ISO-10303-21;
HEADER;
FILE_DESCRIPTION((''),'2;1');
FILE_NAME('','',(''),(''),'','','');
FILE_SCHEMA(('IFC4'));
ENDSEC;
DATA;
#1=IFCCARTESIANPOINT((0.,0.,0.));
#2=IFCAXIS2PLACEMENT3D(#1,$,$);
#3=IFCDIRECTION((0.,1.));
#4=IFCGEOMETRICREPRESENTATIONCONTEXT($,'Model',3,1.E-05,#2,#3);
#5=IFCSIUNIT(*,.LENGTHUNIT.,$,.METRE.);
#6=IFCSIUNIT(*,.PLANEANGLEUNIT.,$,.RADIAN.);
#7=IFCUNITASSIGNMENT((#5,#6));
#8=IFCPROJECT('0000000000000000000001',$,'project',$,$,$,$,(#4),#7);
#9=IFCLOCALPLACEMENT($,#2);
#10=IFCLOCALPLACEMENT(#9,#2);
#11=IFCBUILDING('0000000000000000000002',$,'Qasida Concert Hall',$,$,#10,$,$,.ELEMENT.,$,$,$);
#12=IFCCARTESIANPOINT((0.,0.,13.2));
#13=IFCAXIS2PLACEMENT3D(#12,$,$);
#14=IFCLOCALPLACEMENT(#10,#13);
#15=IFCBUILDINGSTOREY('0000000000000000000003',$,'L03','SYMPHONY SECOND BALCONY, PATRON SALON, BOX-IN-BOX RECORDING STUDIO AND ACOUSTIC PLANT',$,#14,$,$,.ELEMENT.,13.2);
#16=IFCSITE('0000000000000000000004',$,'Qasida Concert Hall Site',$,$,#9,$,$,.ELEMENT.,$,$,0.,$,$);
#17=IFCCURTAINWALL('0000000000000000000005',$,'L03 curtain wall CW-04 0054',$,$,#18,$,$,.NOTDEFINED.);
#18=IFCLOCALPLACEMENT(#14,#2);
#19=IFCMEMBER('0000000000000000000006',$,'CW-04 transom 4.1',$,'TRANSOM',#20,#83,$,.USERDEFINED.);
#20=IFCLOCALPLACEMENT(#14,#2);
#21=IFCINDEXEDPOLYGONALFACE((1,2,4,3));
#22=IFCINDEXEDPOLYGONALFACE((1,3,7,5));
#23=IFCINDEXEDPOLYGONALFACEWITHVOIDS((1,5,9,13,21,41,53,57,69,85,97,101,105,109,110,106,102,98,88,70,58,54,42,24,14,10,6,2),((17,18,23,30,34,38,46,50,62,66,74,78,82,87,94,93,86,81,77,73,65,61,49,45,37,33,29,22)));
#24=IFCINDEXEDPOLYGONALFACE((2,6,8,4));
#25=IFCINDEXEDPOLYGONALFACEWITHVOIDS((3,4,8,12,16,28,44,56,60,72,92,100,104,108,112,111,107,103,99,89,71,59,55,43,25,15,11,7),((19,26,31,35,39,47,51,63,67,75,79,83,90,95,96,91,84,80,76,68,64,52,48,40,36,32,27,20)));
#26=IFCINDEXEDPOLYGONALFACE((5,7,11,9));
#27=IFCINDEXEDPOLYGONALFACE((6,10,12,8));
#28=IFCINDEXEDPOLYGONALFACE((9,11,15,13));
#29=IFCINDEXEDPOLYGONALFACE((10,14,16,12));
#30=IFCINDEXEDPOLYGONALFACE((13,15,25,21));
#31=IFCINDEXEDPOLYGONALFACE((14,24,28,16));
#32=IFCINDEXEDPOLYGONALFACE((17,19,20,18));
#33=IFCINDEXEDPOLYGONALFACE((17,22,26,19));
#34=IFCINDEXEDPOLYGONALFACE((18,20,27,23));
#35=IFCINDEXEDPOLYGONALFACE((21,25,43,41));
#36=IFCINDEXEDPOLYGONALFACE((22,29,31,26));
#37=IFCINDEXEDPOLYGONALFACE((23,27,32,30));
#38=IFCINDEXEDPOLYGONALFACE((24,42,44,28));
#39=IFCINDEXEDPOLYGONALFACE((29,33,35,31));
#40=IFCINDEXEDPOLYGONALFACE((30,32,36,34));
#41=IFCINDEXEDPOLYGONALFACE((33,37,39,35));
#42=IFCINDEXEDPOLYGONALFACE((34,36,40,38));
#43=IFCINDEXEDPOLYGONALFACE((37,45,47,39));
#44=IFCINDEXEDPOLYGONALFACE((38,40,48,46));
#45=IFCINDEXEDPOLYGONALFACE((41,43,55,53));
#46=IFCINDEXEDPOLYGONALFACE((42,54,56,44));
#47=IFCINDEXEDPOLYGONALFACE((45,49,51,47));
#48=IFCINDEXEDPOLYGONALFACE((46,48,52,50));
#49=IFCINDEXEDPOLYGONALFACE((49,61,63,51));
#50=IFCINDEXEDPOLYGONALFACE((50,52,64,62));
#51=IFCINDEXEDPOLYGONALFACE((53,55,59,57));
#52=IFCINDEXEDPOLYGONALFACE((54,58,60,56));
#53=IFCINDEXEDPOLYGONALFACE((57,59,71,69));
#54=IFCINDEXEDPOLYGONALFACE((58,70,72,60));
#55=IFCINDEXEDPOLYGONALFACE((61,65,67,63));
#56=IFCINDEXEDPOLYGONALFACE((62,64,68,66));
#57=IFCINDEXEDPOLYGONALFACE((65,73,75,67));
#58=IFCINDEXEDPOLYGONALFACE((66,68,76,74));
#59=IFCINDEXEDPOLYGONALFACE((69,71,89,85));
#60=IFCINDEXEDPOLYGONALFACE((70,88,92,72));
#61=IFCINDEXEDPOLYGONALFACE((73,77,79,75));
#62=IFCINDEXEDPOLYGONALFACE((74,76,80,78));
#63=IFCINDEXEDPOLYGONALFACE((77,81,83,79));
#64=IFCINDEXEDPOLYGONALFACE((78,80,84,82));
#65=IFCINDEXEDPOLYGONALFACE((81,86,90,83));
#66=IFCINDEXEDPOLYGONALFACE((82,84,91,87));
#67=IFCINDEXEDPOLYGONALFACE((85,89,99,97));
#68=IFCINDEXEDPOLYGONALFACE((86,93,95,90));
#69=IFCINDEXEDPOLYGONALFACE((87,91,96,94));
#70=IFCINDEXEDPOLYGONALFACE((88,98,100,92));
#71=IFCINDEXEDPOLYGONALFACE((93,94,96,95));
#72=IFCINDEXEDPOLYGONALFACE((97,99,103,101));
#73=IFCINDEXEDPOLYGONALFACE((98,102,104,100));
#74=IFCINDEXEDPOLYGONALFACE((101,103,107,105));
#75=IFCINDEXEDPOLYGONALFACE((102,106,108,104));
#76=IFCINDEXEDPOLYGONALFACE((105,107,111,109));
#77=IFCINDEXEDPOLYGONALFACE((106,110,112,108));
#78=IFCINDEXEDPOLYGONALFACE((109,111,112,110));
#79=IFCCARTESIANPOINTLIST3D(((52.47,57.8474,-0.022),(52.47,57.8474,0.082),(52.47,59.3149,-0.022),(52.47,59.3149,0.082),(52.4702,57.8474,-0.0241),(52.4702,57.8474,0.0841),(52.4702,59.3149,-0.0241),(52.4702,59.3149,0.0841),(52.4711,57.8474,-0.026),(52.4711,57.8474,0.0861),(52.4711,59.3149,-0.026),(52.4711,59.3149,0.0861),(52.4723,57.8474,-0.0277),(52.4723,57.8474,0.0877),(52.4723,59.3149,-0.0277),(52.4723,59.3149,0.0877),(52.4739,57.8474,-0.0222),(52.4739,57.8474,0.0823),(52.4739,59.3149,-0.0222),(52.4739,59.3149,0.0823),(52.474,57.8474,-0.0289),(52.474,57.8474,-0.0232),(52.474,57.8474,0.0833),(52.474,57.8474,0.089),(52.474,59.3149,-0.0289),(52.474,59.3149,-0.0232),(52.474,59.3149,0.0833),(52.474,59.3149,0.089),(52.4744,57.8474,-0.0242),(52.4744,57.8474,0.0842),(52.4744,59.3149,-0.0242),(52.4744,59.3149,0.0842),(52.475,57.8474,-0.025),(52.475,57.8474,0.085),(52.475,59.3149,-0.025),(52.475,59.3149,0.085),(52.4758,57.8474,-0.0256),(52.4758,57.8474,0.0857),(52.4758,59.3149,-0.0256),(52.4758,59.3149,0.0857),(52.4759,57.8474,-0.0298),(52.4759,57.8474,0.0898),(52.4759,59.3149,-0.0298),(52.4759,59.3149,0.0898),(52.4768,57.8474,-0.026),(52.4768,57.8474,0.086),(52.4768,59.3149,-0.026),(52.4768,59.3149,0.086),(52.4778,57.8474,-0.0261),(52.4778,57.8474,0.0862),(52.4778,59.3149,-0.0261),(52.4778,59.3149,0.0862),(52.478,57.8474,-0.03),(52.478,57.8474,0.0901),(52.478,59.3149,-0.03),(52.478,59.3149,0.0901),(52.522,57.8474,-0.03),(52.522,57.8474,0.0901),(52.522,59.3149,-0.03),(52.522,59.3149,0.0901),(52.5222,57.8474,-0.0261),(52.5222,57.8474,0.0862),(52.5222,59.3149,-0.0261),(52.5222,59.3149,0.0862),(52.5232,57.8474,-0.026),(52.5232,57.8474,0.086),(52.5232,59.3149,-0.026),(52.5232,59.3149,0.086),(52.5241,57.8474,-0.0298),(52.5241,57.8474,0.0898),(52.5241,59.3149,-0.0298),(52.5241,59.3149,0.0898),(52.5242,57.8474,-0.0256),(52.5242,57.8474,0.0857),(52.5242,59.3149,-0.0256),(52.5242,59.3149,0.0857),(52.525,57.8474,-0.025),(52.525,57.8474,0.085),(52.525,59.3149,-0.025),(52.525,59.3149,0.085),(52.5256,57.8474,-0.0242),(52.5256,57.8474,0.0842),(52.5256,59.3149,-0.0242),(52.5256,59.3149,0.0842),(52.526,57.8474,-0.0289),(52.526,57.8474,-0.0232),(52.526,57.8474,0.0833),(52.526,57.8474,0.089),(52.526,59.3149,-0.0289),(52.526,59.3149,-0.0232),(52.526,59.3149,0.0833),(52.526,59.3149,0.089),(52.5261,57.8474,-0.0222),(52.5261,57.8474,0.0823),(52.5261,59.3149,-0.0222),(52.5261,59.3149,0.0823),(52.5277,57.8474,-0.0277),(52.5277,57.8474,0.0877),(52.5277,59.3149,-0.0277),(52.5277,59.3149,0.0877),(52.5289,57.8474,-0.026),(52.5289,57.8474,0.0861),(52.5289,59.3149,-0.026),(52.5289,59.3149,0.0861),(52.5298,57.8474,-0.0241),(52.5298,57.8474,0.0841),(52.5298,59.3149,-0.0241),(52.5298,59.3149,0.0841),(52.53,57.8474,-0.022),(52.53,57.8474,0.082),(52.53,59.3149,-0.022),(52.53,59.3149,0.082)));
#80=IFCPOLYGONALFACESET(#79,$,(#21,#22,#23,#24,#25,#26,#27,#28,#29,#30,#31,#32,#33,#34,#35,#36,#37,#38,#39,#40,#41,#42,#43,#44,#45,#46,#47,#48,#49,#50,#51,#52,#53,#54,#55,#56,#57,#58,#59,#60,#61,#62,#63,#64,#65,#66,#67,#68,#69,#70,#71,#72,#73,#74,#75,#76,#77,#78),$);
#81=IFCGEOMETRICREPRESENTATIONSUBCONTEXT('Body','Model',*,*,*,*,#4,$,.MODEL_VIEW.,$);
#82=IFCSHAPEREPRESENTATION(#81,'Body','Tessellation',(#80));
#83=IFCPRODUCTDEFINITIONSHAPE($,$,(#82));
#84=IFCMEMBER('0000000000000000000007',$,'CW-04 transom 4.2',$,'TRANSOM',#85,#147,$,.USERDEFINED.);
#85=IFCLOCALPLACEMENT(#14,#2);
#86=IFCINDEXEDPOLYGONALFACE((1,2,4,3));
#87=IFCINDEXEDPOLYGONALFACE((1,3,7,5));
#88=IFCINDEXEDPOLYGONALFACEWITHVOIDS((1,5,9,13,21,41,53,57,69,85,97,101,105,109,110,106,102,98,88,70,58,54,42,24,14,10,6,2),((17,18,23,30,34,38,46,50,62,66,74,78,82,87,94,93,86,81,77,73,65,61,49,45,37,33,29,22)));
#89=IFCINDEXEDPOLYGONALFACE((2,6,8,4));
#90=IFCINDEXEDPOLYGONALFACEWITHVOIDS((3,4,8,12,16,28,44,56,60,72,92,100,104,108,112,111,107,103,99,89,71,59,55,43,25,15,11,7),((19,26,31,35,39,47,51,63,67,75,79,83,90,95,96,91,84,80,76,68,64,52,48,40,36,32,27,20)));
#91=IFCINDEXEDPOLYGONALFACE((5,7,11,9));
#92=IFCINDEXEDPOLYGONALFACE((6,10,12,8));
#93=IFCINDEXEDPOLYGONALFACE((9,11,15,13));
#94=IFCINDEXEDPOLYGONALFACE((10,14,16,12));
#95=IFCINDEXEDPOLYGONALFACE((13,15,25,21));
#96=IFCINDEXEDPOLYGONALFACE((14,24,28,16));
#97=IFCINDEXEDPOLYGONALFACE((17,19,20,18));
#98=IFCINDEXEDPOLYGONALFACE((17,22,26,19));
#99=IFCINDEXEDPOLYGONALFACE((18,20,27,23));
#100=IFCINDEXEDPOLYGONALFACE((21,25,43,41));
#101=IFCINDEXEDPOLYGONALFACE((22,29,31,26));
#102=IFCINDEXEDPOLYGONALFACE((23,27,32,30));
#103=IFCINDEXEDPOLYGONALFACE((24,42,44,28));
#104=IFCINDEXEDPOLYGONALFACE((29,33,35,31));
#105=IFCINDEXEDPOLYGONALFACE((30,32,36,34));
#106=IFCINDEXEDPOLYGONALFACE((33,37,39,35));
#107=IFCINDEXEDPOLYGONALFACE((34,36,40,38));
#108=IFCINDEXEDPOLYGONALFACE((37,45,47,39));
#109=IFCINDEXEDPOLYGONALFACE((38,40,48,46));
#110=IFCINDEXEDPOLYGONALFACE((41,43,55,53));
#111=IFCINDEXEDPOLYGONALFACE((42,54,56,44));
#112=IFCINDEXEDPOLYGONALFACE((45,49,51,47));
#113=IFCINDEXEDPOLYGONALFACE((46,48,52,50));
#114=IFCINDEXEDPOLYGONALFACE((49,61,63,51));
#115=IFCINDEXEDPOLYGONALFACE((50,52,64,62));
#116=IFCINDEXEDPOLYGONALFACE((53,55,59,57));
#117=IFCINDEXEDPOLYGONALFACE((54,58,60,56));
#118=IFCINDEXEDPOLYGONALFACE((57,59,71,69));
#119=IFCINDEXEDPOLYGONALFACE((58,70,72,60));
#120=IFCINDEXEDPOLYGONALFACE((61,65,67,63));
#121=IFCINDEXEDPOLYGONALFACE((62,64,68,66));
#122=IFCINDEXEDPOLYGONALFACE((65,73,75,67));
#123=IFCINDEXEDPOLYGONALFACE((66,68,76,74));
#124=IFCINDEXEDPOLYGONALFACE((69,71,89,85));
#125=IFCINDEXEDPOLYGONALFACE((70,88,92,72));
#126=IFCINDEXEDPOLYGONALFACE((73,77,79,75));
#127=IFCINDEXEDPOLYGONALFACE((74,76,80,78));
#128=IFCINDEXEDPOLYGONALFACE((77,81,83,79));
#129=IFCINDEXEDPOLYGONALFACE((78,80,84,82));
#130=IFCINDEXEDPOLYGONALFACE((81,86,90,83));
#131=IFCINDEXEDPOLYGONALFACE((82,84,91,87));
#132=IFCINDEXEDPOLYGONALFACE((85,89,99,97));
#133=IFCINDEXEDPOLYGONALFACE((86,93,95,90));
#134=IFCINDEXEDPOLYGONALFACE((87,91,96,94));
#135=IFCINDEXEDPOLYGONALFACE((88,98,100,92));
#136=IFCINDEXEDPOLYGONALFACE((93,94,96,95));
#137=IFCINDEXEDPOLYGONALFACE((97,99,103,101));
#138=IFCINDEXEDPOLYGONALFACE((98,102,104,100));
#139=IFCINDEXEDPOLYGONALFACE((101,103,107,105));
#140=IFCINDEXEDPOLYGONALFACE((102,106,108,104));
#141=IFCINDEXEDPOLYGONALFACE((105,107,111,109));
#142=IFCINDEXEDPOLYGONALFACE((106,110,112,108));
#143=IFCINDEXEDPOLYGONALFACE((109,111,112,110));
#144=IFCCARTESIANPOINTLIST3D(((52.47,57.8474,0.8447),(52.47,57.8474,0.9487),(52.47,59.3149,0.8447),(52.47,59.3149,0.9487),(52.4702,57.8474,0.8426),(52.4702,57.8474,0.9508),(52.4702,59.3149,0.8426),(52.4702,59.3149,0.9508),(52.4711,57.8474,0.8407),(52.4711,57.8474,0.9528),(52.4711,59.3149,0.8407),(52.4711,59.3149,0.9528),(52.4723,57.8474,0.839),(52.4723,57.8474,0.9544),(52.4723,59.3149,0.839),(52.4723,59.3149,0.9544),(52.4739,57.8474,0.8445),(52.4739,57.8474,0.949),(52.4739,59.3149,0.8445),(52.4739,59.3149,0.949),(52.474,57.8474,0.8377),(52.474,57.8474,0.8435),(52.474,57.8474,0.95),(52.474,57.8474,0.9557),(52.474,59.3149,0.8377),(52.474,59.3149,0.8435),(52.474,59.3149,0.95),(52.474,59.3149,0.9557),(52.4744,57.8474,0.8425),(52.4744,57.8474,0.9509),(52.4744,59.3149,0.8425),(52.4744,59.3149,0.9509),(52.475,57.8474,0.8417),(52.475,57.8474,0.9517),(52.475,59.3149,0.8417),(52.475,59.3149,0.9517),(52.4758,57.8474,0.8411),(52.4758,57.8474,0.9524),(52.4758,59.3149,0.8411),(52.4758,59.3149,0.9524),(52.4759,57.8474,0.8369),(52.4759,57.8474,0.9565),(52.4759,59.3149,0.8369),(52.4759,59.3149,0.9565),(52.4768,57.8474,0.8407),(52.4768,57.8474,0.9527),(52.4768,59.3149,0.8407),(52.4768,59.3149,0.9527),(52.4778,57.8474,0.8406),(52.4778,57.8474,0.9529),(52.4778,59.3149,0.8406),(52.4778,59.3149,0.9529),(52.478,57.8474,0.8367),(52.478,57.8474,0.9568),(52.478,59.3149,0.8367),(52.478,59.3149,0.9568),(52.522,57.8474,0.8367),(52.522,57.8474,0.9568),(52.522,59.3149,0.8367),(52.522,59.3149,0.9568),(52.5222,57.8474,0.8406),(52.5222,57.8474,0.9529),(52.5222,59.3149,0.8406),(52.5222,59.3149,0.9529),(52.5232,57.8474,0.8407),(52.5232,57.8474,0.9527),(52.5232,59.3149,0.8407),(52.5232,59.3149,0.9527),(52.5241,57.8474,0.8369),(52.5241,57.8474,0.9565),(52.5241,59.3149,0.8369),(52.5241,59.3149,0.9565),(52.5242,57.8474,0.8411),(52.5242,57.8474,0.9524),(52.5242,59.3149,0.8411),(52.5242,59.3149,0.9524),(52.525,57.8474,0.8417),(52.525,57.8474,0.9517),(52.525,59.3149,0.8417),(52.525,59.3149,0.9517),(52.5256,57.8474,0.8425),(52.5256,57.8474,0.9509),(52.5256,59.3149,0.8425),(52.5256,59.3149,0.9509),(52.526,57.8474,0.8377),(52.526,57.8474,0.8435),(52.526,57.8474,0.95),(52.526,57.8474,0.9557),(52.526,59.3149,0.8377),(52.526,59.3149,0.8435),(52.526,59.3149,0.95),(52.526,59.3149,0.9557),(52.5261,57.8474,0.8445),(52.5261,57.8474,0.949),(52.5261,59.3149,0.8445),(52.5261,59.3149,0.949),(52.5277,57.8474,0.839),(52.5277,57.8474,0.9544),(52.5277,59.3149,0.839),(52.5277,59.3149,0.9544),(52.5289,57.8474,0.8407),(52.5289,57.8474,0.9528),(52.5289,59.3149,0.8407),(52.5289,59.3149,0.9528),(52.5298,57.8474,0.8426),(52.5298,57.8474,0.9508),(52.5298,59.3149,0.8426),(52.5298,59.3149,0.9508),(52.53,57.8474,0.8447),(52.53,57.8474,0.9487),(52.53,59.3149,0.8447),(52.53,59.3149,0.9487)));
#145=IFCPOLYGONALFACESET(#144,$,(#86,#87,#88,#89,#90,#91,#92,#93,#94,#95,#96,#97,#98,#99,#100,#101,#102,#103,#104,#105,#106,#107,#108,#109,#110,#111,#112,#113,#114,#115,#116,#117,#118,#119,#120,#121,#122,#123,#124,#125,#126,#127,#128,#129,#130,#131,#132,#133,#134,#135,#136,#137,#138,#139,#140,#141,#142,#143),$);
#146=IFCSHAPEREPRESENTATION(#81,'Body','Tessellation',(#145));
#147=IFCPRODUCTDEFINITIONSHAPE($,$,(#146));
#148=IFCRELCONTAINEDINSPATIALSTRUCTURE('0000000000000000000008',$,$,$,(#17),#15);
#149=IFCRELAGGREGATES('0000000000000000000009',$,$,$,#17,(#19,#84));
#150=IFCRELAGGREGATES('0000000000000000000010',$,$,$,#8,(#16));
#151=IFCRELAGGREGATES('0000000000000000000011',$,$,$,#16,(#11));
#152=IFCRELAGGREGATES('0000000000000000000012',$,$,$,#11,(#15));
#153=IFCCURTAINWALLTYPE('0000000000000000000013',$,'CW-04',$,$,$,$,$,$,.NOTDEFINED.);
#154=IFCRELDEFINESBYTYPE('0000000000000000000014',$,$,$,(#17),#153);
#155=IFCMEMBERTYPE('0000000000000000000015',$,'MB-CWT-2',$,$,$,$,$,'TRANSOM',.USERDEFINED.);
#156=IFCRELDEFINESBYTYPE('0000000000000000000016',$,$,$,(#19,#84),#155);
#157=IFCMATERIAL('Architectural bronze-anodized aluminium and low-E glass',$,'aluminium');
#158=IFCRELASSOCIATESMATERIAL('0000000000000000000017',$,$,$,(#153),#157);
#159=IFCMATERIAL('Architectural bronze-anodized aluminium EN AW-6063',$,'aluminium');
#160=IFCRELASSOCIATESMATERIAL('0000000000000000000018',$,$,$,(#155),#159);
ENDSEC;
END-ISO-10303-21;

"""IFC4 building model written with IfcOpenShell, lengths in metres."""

from ifc_helpers import new_model, si_unit, direction, frame, origin, origin_2d, place, context, subcontext, project, spatial, hollow_rectangle, extrude, material, material_profile, profile_set, type_object, element, aggregate, save


model = new_model("IFC4")

# Units and contexts
model_context = context("Model", 3, precision=1e-05, world=origin(), true_north=direction((0.0, 1.0)))
body_context = subcontext(model_context, "Body", "Model", "MODEL_VIEW")
ifc_project = project(units=[si_unit("LENGTHUNIT", "METRE"), si_unit("PLANEANGLEUNIT", "RADIAN")], contexts=[model_context])

# Site, building, storey
site_placement = place(None, origin())
site = spatial("IfcSite", under=ifc_project, at=site_placement, Name="Qasida Concert Hall Site", CompositionType="ELEMENT", RefElevation=0.0)
building_placement = place(site_placement, origin())
building = spatial("IfcBuilding", under=site, at=building_placement, Name="Qasida Concert Hall", CompositionType="ELEMENT")
storey_placement = place(building_placement, frame((0.0, 0.0, 13.2)))
storey = spatial("IfcBuildingStorey", under=building, at=storey_placement, Name="L03", Description="SYMPHONY SECOND BALCONY, PATRON SALON, BOX-IN-BOX RECORDING STUDIO AND ACOUSTIC PLANT", CompositionType="ELEMENT", Elevation=13.2)

# Curtain wall, members
ifc_material_1 = material(Name="Architectural bronze-anodized aluminium and low-E glass", Category="aluminium")
curtain_wall_type = type_object("IfcCurtainWallType", Name="CW-04", PredefinedType="NOTDEFINED", material=ifc_material_1)
curtain_wall_placement = place(storey_placement, origin())
curtain_wall = element("IfcCurtainWall", 1, at=curtain_wall_placement, inside=storey, type_object=curtain_wall_type, Name="L03 curtain wall CW-04 0054", PredefinedType="NOTDEFINED")
ifc_material_2 = material(Name="Architectural bronze-anodized aluminium EN AW-6063", Category="aluminium")
ifc_material_profile_1 = material_profile(ifc_material_2, hollow_rectangle(XDim=0.0601, YDim=0.1201, WallThickness=0.0039, InnerFilletRadius=0.0039, OuterFilletRadius=0.0081, at=origin_2d()), Name="CWT 120x60x4")
ifc_profile_set_1 = profile_set([ifc_material_profile_1], Name="Architectural bronze-anodized aluminium EN AW-6063")
member_type_1 = type_object("IfcMemberType", Name="MB-CWT-2", ElementType="TRANSOM", PredefinedType="USERDEFINED", material=ifc_profile_set_1)
member_1_placement = place(storey_placement, frame((52.5, 57.8474, 0.03), z_axis=(0.0, 1.0, 0.0), x_axis=(-1.0, 0.0, 0.0)))
member_1 = element("IfcMember", 2, at=member_1_placement, type_object=member_type_1, Name="CW-04 transom 4.1", ObjectType="TRANSOM", PredefinedType="USERDEFINED", context=body_context, shape_type="SweptSolid", body=[
    extrude(hollow_rectangle(XDim=0.0601, YDim=0.1201, WallThickness=0.0039, InnerFilletRadius=0.0039, OuterFilletRadius=0.0081, at=origin_2d()), origin(), (0.0, 0.0, 1.0), 1.4675),
])
member_2_placement = place(storey_placement, frame((52.5, 57.8474, 0.8967), z_axis=(0.0, 1.0, 0.0), x_axis=(-1.0, 0.0, 0.0)))
member_2 = element("IfcMember", 3, at=member_2_placement, type_object=member_type_1, Name="CW-04 transom 4.2", ObjectType="TRANSOM", PredefinedType="USERDEFINED", context=body_context, shape_type="SweptSolid", body=[
    extrude(hollow_rectangle(XDim=0.0601, YDim=0.1201, WallThickness=0.0039, InnerFilletRadius=0.0039, OuterFilletRadius=0.0081, at=origin_2d()), origin(), (0.0, 0.0, 1.0), 1.4675),
])
aggregate(curtain_wall, [member_1, member_2])

save(model, "model.ifc")
